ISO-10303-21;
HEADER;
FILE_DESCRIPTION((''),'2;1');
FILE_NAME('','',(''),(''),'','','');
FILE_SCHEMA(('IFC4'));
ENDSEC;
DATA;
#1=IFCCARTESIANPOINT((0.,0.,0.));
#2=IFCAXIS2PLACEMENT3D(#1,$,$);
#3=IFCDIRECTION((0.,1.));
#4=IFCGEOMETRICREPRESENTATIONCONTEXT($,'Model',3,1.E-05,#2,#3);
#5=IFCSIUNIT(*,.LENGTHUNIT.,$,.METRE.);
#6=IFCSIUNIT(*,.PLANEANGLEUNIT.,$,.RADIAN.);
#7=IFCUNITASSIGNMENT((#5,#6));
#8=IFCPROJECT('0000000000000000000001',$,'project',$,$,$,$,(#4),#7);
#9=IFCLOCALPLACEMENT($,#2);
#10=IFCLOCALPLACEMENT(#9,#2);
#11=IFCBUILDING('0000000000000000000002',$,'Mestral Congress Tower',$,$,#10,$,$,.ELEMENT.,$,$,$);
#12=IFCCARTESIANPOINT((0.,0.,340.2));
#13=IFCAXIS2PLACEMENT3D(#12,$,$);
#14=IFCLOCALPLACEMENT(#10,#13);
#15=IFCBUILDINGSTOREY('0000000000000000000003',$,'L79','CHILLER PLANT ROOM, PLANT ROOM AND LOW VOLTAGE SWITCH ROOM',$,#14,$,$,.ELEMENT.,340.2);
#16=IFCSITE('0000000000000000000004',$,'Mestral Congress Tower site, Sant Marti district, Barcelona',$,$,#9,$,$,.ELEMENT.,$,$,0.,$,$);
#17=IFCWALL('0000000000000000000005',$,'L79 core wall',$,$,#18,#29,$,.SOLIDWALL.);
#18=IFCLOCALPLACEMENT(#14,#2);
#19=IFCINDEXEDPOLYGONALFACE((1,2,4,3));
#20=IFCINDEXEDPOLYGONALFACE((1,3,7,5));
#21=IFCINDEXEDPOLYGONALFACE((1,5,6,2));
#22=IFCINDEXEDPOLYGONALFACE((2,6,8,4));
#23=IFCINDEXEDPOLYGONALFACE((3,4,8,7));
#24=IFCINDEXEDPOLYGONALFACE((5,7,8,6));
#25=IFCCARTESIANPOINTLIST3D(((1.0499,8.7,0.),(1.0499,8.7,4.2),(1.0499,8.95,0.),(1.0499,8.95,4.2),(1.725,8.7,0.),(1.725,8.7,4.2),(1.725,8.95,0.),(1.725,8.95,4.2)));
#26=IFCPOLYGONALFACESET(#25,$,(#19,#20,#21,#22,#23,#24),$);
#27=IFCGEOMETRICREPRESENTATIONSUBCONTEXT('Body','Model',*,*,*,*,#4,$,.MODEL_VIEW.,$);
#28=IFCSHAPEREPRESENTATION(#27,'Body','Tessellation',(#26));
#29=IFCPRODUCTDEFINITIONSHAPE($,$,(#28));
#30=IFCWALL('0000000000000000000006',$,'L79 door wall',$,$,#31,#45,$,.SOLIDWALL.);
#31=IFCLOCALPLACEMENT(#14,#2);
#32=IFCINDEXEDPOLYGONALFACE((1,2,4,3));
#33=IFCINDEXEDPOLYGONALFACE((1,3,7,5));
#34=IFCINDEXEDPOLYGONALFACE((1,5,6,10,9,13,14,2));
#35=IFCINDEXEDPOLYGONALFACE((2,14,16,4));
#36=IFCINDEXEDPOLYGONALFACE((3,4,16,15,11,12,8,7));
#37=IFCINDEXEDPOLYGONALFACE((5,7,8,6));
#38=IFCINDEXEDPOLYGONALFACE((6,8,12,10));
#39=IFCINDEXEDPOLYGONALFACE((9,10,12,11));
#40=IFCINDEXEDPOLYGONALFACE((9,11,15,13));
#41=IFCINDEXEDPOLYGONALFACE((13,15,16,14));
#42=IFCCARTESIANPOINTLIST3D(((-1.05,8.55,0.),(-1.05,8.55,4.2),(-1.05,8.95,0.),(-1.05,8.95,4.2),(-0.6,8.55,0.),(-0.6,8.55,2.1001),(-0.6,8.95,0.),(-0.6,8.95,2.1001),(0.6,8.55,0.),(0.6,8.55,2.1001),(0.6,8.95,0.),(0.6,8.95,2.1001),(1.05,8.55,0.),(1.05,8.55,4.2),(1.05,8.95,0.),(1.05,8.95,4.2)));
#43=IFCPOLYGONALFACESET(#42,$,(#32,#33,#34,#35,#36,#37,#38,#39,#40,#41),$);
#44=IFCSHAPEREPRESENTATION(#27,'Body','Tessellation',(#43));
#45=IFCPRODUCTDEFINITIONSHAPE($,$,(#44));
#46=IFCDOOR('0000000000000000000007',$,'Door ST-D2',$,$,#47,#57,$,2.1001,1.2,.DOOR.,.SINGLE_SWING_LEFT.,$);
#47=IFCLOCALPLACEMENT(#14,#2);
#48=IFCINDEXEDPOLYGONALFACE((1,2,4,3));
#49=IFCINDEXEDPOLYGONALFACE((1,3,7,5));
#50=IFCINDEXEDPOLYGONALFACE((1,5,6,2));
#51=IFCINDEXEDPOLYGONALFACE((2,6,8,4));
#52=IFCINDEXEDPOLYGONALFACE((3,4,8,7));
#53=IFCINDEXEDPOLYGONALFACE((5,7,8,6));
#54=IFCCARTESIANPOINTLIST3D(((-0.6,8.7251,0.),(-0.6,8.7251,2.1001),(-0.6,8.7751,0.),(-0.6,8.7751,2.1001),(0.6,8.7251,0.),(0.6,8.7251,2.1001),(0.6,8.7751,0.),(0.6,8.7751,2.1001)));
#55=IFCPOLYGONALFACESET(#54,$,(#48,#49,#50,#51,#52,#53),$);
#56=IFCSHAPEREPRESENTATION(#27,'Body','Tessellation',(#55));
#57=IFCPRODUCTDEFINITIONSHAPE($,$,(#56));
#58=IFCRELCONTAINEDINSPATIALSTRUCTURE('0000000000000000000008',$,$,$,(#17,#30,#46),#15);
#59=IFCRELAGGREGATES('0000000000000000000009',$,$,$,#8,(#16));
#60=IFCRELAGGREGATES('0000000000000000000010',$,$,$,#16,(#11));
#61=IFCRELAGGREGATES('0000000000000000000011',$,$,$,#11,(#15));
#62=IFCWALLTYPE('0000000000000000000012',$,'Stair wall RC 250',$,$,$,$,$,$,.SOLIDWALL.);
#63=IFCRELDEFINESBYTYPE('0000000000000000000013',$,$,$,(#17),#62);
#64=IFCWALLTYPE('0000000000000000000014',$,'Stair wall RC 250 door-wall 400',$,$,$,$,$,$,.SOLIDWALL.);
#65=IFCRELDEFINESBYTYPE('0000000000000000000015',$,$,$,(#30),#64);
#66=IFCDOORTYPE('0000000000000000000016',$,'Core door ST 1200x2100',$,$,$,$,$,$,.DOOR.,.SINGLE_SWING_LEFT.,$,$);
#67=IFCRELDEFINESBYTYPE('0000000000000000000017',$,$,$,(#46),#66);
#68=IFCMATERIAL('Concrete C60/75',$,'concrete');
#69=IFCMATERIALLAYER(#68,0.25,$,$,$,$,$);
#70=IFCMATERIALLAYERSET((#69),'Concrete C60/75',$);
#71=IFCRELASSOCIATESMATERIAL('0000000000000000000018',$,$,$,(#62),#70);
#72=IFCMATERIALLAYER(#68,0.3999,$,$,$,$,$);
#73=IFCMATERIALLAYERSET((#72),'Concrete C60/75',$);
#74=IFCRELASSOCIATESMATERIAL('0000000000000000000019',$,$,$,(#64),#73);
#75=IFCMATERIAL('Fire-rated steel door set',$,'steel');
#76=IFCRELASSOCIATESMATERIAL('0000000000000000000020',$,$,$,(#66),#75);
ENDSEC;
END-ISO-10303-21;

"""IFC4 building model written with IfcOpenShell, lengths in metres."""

from ifc_helpers import new_model, si_unit, direction, frame, frame_2d, origin, place, context, subcontext, project, spatial, rectangle, extrude, material, layer, layer_set, type_object, element, fill, save


model = new_model("IFC4")

# Units and contexts
model_context = context("Model", 3, precision=1e-05, world=origin(), true_north=direction((0.0, 1.0)))
body_context = subcontext(model_context, "Body", "Model", "MODEL_VIEW")
ifc_project = project(units=[si_unit("LENGTHUNIT", "METRE"), si_unit("PLANEANGLEUNIT", "RADIAN")], contexts=[model_context])

# Site, building, storey
site_placement = place(None, origin())
site = spatial("IfcSite", under=ifc_project, at=site_placement, Name="Mestral Congress Tower site, Sant Marti district, Barcelona", CompositionType="ELEMENT", RefElevation=0.0)
building_placement = place(site_placement, origin())
building = spatial("IfcBuilding", under=site, at=building_placement, Name="Mestral Congress Tower", CompositionType="ELEMENT")
storey_placement = place(building_placement, frame((0.0, 0.0, 340.2)))
storey = spatial("IfcBuildingStorey", under=building, at=storey_placement, Name="L79", Description="CHILLER PLANT ROOM, PLANT ROOM AND LOW VOLTAGE SWITCH ROOM", CompositionType="ELEMENT", Elevation=340.2)

# Shared definitions
ifc_material_1 = material(Name="Concrete C60/75", Category="concrete")

# Shared definitions
ifc_material_2 = material(Name="Fire-rated steel door set", Category="steel")

# Wall
ifc_layer_1 = layer(ifc_material_1, 0.25)
ifc_layer_set_1 = layer_set([ifc_layer_1], Name="Concrete C60/75")
wall_type_1 = type_object("IfcWallType", Name="Stair wall RC 250", PredefinedType="SOLIDWALL", material=ifc_layer_set_1)
wall_1_placement = place(storey_placement, frame((1.05, 8.825, 0.0), z_axis=(0.0, 0.0, 1.0), x_axis=(1.0, 0.0, 0.0)))
element("IfcWall", 1, at=wall_1_placement, inside=storey, type_object=wall_type_1, Name="L79 core wall", PredefinedType="SOLIDWALL", context=body_context, shape_type="SweptSolid", body=[
    extrude(rectangle(XDim=0.675, YDim=0.25, at=frame_2d((0.3374, 0.0))), origin(), (0.0, 0.0, 1.0), 4.2),
])

# Wall, opening, door
ifc_layer_2 = layer(ifc_material_1, 0.3999)
ifc_layer_set_2 = layer_set([ifc_layer_2], Name="Concrete C60/75")
wall_type_2 = type_object("IfcWallType", Name="Stair wall RC 250 door-wall 400", PredefinedType="SOLIDWALL", material=ifc_layer_set_2)
wall_2_placement = place(storey_placement, frame((1.05, 8.75, 0.0), z_axis=(0.0, 0.0, 1.0), x_axis=(-1.0, 0.0, 0.0)))
wall_2 = element("IfcWall", 2, at=wall_2_placement, inside=storey, type_object=wall_type_2, Name="L79 door wall", PredefinedType="SOLIDWALL", context=body_context, shape_type="SweptSolid", body=[
    extrude(rectangle(XDim=2.1001, YDim=0.3999, at=frame_2d((1.05, 0.0))), origin(), (0.0, 0.0, 1.0), 4.2),
])
opening_1_placement = place(wall_2_placement, frame((0.45, 0.0, 0.0)))
opening_1 = element("IfcOpeningElement", 3, at=opening_1_placement, cuts=wall_2, PredefinedType="OPENING", context=body_context, shape_type="SweptSolid", body=[
    extrude(rectangle(XDim=1.2, YDim=2.1001, at=frame_2d((0.6001, 1.05))), frame((0.0, 0.21, 0.0), z_axis=(0.0, -1.0, 0.0), x_axis=(1.0, 0.0, 0.0)), (0.0, 0.0, 1.0), 0.4199),
])
door_type_1 = type_object("IfcDoorType", Name="Core door ST 1200x2100", OperationType="SINGLE_SWING_LEFT", PredefinedType="DOOR", material=ifc_material_2)
door_1_placement = place(opening_1_placement, origin())
door_1 = element("IfcDoor", 4, at=door_1_placement, inside=storey, type_object=door_type_1, Name="Door ST-D2", OperationType="SINGLE_SWING_LEFT", OverallHeight=2.1001, OverallWidth=1.2, PredefinedType="DOOR", context=body_context, shape_type="SweptSolid", body=[
    extrude(rectangle(XDim=1.2, YDim=2.1001, at=frame_2d((0.6001, 1.05))), frame((0.0, 0.0249, 0.0), z_axis=(0.0, -1.0, 0.0), x_axis=(1.0, 0.0, 0.0)), (0.0, 0.0, 1.0), 0.05),
])
fill(opening_1, door_1)

save(model, "model.ifc")
